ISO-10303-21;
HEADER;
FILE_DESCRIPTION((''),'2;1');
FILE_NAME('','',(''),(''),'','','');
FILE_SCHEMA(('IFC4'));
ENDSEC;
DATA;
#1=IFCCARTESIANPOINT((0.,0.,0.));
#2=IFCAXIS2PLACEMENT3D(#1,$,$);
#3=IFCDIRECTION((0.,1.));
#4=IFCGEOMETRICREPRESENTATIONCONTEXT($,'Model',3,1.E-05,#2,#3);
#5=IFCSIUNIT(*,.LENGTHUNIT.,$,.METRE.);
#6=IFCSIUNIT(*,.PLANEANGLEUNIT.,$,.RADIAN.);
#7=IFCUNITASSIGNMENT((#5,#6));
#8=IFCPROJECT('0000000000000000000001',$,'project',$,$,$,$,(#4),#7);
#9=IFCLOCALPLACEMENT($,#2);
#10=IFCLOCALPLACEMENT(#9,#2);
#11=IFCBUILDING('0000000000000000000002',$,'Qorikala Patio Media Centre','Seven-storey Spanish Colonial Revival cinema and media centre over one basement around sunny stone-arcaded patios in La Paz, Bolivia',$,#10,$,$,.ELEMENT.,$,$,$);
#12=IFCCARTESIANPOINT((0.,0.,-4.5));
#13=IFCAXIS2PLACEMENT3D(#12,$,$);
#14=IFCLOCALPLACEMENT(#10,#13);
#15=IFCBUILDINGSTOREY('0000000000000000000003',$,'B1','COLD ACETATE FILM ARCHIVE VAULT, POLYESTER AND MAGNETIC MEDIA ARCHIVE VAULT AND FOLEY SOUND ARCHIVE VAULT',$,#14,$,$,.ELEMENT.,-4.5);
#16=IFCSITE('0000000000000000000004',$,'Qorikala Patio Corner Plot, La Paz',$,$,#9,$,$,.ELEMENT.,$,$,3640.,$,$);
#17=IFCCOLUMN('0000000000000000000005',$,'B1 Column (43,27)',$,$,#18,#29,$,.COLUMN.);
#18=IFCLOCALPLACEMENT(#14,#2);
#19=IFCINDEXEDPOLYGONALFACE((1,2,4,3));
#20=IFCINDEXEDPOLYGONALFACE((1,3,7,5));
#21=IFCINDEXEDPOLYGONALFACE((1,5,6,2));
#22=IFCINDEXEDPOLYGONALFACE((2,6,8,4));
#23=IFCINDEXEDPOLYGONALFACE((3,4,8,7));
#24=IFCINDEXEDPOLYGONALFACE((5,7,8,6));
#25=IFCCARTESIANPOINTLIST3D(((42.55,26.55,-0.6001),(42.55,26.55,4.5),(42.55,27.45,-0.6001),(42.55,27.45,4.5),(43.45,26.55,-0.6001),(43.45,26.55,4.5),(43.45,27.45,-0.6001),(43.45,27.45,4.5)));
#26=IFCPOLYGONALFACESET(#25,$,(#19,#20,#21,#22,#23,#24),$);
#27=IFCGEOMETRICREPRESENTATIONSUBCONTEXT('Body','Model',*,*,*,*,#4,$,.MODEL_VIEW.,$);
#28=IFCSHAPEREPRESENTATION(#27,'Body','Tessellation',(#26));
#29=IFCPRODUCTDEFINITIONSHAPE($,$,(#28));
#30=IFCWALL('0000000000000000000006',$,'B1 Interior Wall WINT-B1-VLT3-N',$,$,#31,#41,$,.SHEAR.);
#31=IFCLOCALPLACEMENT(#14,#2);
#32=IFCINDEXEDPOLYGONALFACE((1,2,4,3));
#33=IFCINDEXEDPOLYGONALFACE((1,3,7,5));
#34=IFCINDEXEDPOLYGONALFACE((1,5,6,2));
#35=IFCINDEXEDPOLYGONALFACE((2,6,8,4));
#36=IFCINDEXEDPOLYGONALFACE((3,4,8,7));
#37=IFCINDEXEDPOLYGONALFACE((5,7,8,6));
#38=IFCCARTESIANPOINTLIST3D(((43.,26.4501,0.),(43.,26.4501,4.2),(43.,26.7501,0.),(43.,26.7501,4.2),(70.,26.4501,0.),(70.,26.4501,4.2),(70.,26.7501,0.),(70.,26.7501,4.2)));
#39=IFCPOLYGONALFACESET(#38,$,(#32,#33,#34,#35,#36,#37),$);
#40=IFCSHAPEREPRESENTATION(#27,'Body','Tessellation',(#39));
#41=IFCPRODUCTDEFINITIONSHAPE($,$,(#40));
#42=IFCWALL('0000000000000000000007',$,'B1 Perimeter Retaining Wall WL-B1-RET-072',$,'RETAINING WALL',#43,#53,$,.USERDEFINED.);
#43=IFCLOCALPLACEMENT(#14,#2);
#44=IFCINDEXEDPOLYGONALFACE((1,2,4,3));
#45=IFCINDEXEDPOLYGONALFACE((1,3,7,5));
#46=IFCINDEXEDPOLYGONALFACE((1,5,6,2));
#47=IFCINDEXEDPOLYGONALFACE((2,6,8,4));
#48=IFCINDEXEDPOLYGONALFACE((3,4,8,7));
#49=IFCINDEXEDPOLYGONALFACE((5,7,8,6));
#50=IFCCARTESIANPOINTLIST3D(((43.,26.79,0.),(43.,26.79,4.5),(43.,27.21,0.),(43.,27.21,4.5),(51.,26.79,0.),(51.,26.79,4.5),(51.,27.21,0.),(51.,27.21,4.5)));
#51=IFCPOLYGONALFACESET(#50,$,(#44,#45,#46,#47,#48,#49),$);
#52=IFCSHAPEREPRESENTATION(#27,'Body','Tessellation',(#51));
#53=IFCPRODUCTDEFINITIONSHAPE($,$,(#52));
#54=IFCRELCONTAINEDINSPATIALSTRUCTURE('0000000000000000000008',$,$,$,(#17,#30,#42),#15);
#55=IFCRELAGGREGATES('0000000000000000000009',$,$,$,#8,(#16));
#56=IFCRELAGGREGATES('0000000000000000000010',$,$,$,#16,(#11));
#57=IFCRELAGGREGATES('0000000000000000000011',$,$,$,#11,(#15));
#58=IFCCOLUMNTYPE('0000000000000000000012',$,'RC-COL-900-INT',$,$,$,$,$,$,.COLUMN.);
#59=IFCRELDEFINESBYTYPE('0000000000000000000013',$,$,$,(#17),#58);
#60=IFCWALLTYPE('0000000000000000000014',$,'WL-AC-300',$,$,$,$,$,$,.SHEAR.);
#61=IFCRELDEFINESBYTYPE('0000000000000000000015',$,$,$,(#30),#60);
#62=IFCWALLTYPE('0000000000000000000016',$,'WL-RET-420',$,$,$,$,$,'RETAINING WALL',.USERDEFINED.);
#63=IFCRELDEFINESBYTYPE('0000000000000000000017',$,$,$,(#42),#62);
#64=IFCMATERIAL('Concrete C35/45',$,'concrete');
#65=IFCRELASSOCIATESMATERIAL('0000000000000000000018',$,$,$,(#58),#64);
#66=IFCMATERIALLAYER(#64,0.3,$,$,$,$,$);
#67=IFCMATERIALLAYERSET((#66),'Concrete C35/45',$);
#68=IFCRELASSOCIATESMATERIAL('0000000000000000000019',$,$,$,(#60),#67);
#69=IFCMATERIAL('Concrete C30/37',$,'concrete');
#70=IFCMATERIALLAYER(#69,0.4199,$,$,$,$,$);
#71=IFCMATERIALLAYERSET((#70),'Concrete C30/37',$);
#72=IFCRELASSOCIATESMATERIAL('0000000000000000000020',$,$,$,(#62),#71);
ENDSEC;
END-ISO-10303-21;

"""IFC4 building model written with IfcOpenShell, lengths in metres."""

from ifc_helpers import new_model, si_unit, direction, frame, frame_2d, origin, origin_2d, place, context, subcontext, project, spatial, rectangle, extrude, material, layer, layer_set, material_profile, profile_set, type_object, element, save


model = new_model("IFC4")

# Units and contexts
model_context = context("Model", 3, precision=1e-05, world=origin(), true_north=direction((0.0, 1.0)))
body_context = subcontext(model_context, "Body", "Model", "MODEL_VIEW")
ifc_project = project(units=[si_unit("LENGTHUNIT", "METRE"), si_unit("PLANEANGLEUNIT", "RADIAN")], contexts=[model_context])

# Site, building, storey
site_placement = place(None, origin())
site = spatial("IfcSite", under=ifc_project, at=site_placement, Name="Qorikala Patio Corner Plot, La Paz", CompositionType="ELEMENT", RefElevation=3640.0)
building_placement = place(site_placement, origin())
building = spatial("IfcBuilding", under=site, at=building_placement, Name="Qorikala Patio Media Centre", Description="Seven-storey Spanish Colonial Revival cinema and media centre over one basement around sunny stone-arcaded patios in La Paz, Bolivia", CompositionType="ELEMENT")
storey_placement = place(building_placement, frame((0.0, 0.0, -4.5)))
storey = spatial("IfcBuildingStorey", under=building, at=storey_placement, Name="B1", Description="COLD ACETATE FILM ARCHIVE VAULT, POLYESTER AND MAGNETIC MEDIA ARCHIVE VAULT AND FOLEY SOUND ARCHIVE VAULT", CompositionType="ELEMENT", Elevation=-4.5)

# Shared definitions
ifc_material_1 = material(Name="Concrete C30/37", Category="concrete")

# Column
ifc_material_2 = material(Name="Concrete C35/45", Category="concrete")
ifc_material_profile_1 = material_profile(ifc_material_2, rectangle(XDim=0.8999, YDim=0.8999, at=origin_2d()), Name="RC 900x900")
ifc_profile_set_1 = profile_set([ifc_material_profile_1], Name="Concrete C35/45")
column_type = type_object("IfcColumnType", Name="RC-COL-900-INT", PredefinedType="COLUMN", material=ifc_profile_set_1)
for number, where, z_axis, x_axis, name in (
    (1, (43.0, 27.0, -0.6001), (0.0, 0.0, 1.0), (1.0, 0.0, 0.0), "B1 Column (43,27)"),
):
    element("IfcColumn", number, at=place(storey_placement, frame(where, z_axis=z_axis, x_axis=x_axis)), inside=storey, type_object=column_type, Name=name, PredefinedType="COLUMN", context=body_context, shape_type="SweptSolid", body=[
        extrude(rectangle(XDim=0.8999, YDim=0.8999, at=origin_2d()), origin(), (0.0, 0.0, 1.0), 5.1001),
    ])

# Walls
ifc_layer_1 = layer(ifc_material_2, 0.3)
ifc_layer_set_1 = layer_set([ifc_layer_1], Name="Concrete C35/45")
wall_type_1 = type_object("IfcWallType", Name="WL-AC-300", PredefinedType="SHEAR", material=ifc_layer_set_1)
wall_1_placement = place(storey_placement, frame((43.0, 26.6001, 0.0), z_axis=(0.0, 0.0, 1.0), x_axis=(1.0, 0.0, 0.0)))
element("IfcWall", 2, at=wall_1_placement, inside=storey, type_object=wall_type_1, Name="B1 Interior Wall WINT-B1-VLT3-N", PredefinedType="SHEAR", context=body_context, shape_type="SweptSolid", body=[
    extrude(rectangle(XDim=27.0, YDim=0.3, at=frame_2d((13.5, 0.0))), origin(), (0.0, 0.0, 1.0), 4.2),
])
ifc_layer_2 = layer(ifc_material_1, 0.4199)
ifc_layer_set_2 = layer_set([ifc_layer_2], Name="Concrete C30/37")
wall_type_2 = type_object("IfcWallType", Name="WL-RET-420", ElementType="RETAINING WALL", PredefinedType="USERDEFINED", material=ifc_layer_set_2)
wall_2_placement = place(storey_placement, frame((43.0, 27.0, 0.0), z_axis=(0.0, 0.0, 1.0), x_axis=(1.0, 0.0, 0.0)))
element("IfcWall", 3, at=wall_2_placement, inside=storey, type_object=wall_type_2, Name="B1 Perimeter Retaining Wall WL-B1-RET-072", ObjectType="RETAINING WALL", PredefinedType="USERDEFINED", context=body_context, shape_type="SweptSolid", body=[
    extrude(rectangle(XDim=8.0, YDim=0.4199, at=frame_2d((4.0, 0.0))), origin(), (0.0, 0.0, 1.0), 4.5),
])

save(model, "model.ifc")
